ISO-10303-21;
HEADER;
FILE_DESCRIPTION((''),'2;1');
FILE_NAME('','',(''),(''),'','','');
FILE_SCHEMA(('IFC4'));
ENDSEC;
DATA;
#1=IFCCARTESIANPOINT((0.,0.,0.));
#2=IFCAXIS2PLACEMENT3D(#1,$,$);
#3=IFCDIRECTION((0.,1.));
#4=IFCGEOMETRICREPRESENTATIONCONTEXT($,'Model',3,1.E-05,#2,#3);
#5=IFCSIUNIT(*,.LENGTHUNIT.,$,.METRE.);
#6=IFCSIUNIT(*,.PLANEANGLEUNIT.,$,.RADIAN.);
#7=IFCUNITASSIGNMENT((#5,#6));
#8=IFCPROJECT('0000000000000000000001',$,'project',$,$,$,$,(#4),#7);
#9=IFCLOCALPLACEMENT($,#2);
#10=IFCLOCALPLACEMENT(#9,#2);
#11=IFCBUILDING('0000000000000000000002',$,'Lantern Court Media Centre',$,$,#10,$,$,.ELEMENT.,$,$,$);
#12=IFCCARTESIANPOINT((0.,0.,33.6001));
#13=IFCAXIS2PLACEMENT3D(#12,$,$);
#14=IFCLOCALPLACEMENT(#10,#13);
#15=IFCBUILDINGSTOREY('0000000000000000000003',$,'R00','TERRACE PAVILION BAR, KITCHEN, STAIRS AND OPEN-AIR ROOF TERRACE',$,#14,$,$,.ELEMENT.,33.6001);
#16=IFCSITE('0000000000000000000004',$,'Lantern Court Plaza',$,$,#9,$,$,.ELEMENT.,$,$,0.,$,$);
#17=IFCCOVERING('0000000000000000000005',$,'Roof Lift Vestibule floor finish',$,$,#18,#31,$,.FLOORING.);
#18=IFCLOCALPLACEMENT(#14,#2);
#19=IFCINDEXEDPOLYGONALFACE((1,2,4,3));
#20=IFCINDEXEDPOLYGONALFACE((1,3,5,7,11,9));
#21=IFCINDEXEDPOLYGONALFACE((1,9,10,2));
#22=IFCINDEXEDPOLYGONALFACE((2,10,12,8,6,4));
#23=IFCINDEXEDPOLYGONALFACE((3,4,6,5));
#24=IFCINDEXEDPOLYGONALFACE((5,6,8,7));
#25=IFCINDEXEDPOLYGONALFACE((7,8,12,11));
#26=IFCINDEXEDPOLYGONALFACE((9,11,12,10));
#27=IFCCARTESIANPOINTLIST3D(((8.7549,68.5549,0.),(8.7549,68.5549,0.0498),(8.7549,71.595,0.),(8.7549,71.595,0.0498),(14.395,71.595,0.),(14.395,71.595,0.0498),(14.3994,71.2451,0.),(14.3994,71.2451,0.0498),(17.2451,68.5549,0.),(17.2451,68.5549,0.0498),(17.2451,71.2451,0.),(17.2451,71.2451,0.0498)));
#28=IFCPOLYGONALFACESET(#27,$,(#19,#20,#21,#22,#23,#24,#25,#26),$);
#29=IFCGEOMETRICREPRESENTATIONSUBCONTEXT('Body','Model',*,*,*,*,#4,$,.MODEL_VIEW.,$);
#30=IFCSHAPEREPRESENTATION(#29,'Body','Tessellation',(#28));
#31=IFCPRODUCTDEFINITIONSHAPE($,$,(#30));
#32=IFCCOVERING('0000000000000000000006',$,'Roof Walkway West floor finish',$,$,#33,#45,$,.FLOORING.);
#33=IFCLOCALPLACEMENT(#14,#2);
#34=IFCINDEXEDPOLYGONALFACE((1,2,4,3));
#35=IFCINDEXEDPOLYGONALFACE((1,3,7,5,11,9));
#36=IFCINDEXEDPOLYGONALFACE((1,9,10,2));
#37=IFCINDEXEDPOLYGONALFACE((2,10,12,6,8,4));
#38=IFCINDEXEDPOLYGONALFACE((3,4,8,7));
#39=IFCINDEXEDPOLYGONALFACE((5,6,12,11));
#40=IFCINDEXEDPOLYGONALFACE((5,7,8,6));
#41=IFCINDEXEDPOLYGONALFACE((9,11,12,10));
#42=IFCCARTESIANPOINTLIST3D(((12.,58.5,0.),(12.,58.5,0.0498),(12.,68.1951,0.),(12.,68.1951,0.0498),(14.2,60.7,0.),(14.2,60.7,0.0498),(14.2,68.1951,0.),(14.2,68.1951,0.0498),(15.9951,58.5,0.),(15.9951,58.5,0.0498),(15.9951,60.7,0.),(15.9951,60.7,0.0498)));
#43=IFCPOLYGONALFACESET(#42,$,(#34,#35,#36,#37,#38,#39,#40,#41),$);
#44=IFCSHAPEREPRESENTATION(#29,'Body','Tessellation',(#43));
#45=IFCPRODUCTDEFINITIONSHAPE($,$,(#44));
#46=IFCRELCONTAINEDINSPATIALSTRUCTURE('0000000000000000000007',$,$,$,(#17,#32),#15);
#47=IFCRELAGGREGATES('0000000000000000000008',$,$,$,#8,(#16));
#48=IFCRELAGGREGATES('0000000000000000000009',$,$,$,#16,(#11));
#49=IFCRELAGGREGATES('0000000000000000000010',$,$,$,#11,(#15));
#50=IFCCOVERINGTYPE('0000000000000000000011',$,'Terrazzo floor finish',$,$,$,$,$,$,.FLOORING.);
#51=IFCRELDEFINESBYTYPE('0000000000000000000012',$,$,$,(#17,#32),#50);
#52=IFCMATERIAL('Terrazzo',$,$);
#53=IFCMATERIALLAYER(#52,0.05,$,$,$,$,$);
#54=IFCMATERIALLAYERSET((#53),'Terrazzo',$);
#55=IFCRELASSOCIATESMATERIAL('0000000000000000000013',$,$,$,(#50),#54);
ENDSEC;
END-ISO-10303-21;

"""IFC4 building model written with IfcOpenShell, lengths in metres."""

from ifc_helpers import new_model, si_unit, direction, frame, origin, place, context, subcontext, project, spatial, polyline, outline, extrude, material, layer, layer_set, type_object, element, save


model = new_model("IFC4")

# Units and contexts
model_context = context("Model", 3, precision=1e-05, world=origin(), true_north=direction((0.0, 1.0)))
body_context = subcontext(model_context, "Body", "Model", "MODEL_VIEW")
ifc_project = project(units=[si_unit("LENGTHUNIT", "METRE"), si_unit("PLANEANGLEUNIT", "RADIAN")], contexts=[model_context])

# Site, building, storey
site_placement = place(None, origin())
site = spatial("IfcSite", under=ifc_project, at=site_placement, Name="Lantern Court Plaza", CompositionType="ELEMENT", RefElevation=0.0)
building_placement = place(site_placement, origin())
building = spatial("IfcBuilding", under=site, at=building_placement, Name="Lantern Court Media Centre", CompositionType="ELEMENT")
storey_placement = place(building_placement, frame((0.0, 0.0, 33.6001)))
storey = spatial("IfcBuildingStorey", under=building, at=storey_placement, Name="R00", Description="TERRACE PAVILION BAR, KITCHEN, STAIRS AND OPEN-AIR ROOF TERRACE", CompositionType="ELEMENT", Elevation=33.6001)

# Coverings
ifc_material_1 = material(Name="Terrazzo")
ifc_layer_1 = layer(ifc_material_1, 0.05)
ifc_layer_set_1 = layer_set([ifc_layer_1], Name="Terrazzo")
covering_type_1 = type_object("IfcCoveringType", Name="Terrazzo floor finish", PredefinedType="FLOORING", material=ifc_layer_set_1)
covering_1_placement = place(storey_placement, origin())
element("IfcCovering", 1, at=covering_1_placement, inside=storey, type_object=covering_type_1, Name="Roof Lift Vestibule floor finish", PredefinedType="FLOORING", context=body_context, shape_type="SweptSolid", body=[
    extrude(outline(polyline([(14.395, 71.595), (14.3994, 71.2451), (17.2451, 71.2451), (17.2451, 68.5549), (8.7549, 68.5549), (8.7549, 71.595), (14.395, 71.595)])), origin(), (0.0, 0.0, 1.0), 0.0498),
])
covering_2_placement = place(storey_placement, origin())
element("IfcCovering", 2, at=covering_2_placement, inside=storey, type_object=covering_type_1, Name="Roof Walkway West floor finish", PredefinedType="FLOORING", context=body_context, shape_type="SweptSolid", body=[
    extrude(outline(polyline([(14.2, 60.7), (15.9951, 60.7), (15.9951, 58.5), (12.0, 58.5), (12.0, 68.1951), (14.2, 68.1951), (14.2, 60.7)])), origin(), (0.0, 0.0, 1.0), 0.0498),
])

save(model, "model.ifc")
